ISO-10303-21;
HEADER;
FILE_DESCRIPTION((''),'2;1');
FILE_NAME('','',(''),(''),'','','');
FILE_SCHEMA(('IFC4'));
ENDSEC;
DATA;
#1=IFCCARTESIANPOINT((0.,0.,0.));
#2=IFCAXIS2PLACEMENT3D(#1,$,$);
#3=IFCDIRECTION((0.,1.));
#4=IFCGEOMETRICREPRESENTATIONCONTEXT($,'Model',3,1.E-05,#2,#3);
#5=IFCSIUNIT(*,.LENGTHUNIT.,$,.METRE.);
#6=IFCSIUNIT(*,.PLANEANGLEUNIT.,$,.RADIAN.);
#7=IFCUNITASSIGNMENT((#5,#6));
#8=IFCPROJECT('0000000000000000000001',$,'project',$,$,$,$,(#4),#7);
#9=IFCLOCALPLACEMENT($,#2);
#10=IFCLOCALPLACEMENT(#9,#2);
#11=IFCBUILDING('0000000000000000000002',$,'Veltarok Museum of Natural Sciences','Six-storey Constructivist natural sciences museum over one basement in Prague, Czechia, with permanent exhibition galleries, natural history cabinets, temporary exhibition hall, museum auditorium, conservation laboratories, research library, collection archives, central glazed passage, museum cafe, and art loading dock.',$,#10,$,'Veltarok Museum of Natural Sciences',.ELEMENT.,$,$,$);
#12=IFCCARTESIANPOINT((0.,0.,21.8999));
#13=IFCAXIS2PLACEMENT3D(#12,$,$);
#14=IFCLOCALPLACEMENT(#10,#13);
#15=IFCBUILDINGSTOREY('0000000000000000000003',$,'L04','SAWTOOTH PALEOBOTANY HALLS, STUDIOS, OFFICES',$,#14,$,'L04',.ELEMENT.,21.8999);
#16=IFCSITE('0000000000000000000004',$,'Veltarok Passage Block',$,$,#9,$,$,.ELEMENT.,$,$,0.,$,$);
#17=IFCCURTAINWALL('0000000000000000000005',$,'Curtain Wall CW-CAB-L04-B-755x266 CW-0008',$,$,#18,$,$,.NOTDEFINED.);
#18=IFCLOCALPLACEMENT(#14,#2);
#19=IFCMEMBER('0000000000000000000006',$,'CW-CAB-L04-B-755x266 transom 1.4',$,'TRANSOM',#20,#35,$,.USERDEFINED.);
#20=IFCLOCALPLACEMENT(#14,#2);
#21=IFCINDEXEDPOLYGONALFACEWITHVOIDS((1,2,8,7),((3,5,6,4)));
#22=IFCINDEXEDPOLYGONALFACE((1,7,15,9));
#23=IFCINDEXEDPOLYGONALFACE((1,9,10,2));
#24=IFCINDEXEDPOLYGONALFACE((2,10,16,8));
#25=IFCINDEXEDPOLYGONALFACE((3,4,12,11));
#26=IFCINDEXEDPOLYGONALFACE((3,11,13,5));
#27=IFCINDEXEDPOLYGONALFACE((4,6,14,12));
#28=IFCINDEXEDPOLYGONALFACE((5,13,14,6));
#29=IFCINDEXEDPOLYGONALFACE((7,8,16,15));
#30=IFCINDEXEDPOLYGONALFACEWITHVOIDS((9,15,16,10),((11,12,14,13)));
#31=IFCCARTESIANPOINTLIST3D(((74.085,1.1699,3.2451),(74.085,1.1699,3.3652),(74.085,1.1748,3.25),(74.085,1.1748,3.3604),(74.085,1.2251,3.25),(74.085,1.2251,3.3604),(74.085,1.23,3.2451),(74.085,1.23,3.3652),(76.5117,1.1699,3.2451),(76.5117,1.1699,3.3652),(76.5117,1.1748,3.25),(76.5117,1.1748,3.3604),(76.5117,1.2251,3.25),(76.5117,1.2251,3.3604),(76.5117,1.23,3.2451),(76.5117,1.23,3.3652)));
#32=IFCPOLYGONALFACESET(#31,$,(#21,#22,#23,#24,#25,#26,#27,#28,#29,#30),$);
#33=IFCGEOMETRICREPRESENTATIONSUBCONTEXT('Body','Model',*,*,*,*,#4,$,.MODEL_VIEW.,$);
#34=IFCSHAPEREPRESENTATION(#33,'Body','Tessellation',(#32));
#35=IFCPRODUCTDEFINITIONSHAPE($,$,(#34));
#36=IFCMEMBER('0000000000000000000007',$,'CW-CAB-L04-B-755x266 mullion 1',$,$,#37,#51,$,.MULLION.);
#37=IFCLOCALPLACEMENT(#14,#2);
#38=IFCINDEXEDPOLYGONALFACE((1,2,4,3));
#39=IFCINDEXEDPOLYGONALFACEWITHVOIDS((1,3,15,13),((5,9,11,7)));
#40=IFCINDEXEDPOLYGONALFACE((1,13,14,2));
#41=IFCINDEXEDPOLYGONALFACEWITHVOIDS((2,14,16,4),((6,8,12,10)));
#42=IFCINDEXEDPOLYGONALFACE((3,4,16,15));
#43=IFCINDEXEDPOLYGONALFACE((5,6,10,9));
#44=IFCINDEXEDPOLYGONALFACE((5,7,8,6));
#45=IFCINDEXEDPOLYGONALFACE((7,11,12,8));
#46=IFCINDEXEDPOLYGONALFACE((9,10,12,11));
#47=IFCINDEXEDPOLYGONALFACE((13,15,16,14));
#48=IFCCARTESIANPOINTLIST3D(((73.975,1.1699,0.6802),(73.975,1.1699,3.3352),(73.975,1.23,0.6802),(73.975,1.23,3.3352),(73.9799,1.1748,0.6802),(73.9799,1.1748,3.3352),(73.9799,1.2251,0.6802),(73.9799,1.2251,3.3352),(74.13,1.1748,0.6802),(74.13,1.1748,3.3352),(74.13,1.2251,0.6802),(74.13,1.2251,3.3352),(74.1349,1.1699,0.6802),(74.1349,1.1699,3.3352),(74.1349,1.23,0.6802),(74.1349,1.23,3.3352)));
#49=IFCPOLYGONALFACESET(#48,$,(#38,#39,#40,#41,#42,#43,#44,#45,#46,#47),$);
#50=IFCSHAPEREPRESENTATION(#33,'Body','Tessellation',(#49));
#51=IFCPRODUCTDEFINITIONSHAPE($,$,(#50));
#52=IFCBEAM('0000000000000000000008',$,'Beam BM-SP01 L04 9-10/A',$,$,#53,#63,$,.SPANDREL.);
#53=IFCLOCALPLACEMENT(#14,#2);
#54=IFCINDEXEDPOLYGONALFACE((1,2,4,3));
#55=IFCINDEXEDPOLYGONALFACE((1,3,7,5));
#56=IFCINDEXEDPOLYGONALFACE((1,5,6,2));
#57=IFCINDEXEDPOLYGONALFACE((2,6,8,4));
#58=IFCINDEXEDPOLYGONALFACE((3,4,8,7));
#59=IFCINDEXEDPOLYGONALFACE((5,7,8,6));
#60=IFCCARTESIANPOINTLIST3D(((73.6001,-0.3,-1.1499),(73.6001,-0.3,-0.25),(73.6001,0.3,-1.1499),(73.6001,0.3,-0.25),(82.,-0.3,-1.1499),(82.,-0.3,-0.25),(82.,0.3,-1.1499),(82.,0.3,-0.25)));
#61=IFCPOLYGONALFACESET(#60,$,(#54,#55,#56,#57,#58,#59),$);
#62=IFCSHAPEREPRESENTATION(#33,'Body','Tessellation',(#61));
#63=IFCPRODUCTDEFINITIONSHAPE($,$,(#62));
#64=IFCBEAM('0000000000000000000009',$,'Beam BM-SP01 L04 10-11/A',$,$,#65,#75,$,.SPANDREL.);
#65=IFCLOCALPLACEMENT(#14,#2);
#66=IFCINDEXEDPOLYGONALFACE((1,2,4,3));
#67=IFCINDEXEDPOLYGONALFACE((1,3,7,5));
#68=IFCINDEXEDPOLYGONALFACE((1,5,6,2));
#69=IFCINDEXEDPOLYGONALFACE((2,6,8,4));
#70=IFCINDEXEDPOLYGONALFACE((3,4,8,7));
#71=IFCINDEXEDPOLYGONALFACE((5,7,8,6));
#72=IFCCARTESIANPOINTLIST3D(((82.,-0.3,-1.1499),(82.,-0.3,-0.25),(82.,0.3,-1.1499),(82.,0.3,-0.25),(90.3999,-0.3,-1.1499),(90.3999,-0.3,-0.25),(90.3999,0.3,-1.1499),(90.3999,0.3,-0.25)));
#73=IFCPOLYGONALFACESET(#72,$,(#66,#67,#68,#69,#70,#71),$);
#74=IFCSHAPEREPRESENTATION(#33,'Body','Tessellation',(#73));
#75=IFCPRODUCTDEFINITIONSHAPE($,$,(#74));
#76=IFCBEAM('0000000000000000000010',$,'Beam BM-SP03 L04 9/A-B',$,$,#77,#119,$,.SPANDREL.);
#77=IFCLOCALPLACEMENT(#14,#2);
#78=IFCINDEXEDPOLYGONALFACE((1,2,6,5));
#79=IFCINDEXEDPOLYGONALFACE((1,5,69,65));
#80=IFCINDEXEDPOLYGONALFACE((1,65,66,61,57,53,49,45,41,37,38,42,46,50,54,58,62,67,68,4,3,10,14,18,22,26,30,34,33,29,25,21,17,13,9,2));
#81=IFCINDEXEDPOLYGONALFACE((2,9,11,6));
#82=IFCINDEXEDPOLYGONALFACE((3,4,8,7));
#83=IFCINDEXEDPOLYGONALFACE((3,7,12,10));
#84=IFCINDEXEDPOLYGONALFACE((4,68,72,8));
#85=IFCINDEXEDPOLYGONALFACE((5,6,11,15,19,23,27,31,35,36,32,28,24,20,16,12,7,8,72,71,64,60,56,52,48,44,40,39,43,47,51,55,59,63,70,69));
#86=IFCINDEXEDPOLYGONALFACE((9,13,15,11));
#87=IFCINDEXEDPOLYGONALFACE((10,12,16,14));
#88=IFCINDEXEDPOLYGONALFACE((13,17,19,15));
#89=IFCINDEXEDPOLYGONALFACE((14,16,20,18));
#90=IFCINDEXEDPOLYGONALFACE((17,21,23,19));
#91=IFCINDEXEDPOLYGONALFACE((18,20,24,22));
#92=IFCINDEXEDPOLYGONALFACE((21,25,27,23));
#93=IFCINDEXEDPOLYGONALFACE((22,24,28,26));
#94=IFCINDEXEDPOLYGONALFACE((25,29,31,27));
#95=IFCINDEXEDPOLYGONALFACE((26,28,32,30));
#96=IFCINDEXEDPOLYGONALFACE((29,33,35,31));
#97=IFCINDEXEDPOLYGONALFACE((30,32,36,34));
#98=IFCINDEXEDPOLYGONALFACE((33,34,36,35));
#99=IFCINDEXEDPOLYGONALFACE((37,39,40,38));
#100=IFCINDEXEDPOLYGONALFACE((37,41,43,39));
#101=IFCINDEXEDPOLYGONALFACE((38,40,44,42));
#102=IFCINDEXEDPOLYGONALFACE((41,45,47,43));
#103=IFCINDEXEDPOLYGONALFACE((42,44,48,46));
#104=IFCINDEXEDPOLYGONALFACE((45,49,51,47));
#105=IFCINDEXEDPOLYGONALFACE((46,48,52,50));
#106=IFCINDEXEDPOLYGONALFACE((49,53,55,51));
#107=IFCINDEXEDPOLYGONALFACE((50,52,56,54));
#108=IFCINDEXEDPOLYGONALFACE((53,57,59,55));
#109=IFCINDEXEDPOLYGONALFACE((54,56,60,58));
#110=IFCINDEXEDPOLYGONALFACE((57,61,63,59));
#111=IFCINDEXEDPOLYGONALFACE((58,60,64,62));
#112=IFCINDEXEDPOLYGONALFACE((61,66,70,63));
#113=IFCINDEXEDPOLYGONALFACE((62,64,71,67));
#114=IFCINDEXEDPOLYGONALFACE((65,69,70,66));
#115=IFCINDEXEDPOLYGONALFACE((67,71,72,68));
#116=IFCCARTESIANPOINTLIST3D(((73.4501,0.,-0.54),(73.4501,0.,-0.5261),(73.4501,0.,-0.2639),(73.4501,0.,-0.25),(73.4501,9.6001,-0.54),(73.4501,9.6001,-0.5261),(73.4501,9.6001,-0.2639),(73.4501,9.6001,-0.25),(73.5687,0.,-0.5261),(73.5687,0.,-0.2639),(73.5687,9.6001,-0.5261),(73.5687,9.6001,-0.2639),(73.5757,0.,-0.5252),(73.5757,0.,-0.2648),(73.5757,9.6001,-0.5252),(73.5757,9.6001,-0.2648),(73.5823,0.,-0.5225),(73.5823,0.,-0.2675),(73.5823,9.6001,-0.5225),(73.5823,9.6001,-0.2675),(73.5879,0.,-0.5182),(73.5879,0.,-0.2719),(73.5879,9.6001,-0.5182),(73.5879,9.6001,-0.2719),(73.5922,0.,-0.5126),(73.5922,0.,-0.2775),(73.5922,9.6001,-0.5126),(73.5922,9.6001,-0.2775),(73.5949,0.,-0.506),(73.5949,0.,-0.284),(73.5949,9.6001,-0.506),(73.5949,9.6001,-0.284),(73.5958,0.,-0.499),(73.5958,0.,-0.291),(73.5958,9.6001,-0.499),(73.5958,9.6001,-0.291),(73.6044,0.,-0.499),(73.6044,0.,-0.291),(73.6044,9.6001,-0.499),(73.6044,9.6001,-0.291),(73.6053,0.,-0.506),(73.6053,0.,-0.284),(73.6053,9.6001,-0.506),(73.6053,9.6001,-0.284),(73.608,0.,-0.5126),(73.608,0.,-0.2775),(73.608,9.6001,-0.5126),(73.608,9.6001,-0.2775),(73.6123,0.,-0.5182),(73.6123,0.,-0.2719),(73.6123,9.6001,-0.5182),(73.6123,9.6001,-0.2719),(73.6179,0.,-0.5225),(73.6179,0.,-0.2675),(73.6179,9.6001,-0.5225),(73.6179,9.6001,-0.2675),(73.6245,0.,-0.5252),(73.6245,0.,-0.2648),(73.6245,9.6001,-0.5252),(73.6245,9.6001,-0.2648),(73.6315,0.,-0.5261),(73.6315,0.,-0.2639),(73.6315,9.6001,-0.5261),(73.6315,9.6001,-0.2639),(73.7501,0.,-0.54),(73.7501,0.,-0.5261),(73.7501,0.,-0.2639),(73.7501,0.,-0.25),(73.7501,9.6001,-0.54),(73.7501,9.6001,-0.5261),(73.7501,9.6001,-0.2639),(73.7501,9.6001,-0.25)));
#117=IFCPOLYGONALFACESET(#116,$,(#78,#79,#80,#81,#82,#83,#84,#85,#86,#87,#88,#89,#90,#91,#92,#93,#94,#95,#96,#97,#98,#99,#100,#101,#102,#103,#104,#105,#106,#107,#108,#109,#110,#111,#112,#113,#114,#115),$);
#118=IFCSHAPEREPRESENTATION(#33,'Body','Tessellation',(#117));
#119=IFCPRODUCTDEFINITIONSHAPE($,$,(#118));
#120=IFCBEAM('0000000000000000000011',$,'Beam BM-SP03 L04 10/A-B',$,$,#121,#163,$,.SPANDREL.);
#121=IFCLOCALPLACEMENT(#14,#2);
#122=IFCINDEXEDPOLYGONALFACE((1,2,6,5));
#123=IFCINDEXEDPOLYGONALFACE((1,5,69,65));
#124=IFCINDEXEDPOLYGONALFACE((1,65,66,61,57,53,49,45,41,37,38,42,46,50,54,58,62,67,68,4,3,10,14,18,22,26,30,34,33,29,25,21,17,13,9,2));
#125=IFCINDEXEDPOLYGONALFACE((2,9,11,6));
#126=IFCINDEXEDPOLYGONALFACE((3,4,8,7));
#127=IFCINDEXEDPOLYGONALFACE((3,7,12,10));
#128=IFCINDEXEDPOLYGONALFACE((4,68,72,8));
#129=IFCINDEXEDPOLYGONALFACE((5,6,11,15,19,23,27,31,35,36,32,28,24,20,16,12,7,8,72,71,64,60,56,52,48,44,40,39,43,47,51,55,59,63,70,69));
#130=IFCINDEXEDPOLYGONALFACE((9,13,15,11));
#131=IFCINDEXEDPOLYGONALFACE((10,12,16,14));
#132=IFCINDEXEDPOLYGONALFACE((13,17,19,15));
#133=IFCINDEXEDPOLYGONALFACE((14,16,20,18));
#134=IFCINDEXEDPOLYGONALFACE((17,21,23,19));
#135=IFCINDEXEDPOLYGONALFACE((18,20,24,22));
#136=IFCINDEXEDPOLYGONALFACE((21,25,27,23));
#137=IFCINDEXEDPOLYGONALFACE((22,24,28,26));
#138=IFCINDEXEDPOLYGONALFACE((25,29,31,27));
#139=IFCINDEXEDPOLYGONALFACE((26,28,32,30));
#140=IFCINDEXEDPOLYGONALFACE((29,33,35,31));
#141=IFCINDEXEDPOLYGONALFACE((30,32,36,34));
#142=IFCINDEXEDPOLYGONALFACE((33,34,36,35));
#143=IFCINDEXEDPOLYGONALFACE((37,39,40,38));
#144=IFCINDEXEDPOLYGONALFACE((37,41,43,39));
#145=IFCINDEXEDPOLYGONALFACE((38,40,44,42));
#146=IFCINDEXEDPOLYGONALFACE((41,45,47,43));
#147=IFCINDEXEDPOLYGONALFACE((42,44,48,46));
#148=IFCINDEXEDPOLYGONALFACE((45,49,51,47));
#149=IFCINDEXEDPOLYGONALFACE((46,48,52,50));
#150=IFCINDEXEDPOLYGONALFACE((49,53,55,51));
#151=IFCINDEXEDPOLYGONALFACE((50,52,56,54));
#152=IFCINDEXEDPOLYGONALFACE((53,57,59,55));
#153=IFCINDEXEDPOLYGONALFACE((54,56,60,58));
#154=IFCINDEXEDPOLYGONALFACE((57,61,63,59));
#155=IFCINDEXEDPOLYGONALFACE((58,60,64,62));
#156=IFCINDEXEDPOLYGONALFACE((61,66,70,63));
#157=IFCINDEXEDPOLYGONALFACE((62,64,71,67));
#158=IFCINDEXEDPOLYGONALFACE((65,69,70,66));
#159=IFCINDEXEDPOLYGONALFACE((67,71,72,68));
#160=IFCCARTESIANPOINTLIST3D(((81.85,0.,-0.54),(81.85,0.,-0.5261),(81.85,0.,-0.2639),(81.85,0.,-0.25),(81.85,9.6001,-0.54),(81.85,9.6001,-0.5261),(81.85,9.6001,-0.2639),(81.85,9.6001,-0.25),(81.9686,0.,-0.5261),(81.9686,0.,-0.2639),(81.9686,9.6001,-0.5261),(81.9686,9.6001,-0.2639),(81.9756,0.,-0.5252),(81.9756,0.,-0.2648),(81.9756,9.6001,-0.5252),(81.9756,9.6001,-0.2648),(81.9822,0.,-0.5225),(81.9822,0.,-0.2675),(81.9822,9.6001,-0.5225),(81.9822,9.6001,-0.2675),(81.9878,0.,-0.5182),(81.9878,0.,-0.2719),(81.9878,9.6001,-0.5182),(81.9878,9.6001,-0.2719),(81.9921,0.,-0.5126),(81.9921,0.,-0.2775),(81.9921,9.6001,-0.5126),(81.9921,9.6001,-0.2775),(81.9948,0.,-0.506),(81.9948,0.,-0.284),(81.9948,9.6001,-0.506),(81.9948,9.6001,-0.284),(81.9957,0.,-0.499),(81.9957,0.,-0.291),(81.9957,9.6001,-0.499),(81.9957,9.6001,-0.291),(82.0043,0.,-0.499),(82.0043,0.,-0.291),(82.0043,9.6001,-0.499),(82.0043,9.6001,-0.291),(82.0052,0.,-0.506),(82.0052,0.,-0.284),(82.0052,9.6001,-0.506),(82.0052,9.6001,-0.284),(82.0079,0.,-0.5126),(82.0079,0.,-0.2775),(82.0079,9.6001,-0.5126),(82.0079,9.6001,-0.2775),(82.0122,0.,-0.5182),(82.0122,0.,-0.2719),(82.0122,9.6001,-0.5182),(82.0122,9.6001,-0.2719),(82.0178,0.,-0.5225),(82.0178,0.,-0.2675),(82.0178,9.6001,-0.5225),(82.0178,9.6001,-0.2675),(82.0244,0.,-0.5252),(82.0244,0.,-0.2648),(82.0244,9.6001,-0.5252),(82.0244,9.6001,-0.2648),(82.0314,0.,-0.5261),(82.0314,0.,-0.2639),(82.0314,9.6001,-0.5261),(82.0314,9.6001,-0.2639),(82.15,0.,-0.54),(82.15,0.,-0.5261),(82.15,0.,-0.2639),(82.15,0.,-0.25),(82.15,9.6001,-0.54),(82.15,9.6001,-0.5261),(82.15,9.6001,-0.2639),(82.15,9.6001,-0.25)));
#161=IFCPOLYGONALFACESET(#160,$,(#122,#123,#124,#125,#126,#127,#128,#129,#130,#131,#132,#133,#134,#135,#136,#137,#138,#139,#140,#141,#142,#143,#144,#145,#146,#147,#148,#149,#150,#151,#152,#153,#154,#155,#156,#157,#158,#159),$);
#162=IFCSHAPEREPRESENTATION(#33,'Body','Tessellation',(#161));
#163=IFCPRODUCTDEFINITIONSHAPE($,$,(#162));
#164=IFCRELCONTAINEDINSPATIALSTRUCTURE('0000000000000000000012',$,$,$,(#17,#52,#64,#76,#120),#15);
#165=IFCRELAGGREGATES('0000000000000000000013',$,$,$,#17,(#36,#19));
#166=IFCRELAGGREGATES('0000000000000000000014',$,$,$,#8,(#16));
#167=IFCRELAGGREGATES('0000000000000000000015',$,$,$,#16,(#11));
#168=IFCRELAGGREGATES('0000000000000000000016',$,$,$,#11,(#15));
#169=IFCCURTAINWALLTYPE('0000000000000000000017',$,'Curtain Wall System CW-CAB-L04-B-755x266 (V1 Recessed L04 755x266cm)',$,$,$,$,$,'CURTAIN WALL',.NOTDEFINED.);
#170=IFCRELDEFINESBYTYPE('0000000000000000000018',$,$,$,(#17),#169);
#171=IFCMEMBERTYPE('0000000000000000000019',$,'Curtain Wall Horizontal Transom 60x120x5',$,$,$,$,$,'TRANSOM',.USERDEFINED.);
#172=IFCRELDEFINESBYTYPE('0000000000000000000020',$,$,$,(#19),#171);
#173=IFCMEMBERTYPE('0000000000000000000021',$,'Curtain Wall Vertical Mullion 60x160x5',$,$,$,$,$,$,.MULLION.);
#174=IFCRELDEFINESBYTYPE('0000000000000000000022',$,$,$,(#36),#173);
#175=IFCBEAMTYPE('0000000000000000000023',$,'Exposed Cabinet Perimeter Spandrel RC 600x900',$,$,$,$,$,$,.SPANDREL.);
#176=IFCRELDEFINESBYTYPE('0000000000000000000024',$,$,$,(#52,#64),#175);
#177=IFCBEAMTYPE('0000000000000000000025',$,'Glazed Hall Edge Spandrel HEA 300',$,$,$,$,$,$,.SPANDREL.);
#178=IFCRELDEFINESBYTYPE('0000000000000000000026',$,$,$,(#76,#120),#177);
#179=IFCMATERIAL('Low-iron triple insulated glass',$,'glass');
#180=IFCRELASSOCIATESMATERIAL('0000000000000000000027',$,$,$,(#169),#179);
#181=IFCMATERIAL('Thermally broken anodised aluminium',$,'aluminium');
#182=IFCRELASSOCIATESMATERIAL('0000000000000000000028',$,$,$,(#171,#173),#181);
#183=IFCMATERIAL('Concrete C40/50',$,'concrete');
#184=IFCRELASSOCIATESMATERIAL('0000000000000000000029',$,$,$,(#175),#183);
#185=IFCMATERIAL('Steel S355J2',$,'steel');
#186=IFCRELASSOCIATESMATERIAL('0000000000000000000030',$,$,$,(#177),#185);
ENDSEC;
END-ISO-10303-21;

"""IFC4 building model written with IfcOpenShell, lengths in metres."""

from ifc_helpers import new_model, si_unit, direction, frame, origin, origin_2d, place, context, subcontext, project, spatial, rectangle, hollow_rectangle, i_section, extrude, material, material_profile, profile_set, type_object, element, aggregate, save


model = new_model("IFC4")

# Units and contexts
model_context = context("Model", 3, precision=1e-05, world=origin(), true_north=direction((0.0, 1.0)))
body_context = subcontext(model_context, "Body", "Model", "MODEL_VIEW")
ifc_project = project(units=[si_unit("LENGTHUNIT", "METRE"), si_unit("PLANEANGLEUNIT", "RADIAN")], contexts=[model_context])

# Site, building, storey
site_placement = place(None, origin())
site = spatial("IfcSite", under=ifc_project, at=site_placement, Name="Veltarok Passage Block", CompositionType="ELEMENT", RefElevation=0.0)
building_placement = place(site_placement, origin())
building = spatial("IfcBuilding", under=site, at=building_placement, Name="Veltarok Museum of Natural Sciences", Description="Six-storey Constructivist natural sciences museum over one basement in Prague, Czechia, with permanent exhibition galleries, natural history cabinets, temporary exhibition hall, museum auditorium, conservation laboratories, research library, collection archives, central glazed passage, museum cafe, and art loading dock.", LongName="Veltarok Museum of Natural Sciences", CompositionType="ELEMENT")
storey_placement = place(building_placement, frame((0.0, 0.0, 21.8999)))
storey = spatial("IfcBuildingStorey", under=building, at=storey_placement, Name="L04", Description="SAWTOOTH PALEOBOTANY HALLS, STUDIOS, OFFICES", LongName="L04", CompositionType="ELEMENT", Elevation=21.8999)

# Shared definitions
ifc_material_1 = material(Name="Concrete C40/50", Category="concrete")

# Shared definitions
ifc_material_2 = material(Name="Steel S355J2", Category="steel")

# Curtain wall, members
ifc_material_3 = material(Name="Low-iron triple insulated glass", Category="glass")
curtain_wall_type = type_object("IfcCurtainWallType", Name="Curtain Wall System CW-CAB-L04-B-755x266 (V1 Recessed L04 755x266cm)", ElementType="CURTAIN WALL", PredefinedType="NOTDEFINED", material=ifc_material_3)
curtain_wall_placement = place(storey_placement, origin())
curtain_wall = element("IfcCurtainWall", 1, at=curtain_wall_placement, inside=storey, type_object=curtain_wall_type, Name="Curtain Wall CW-CAB-L04-B-755x266 CW-0008", PredefinedType="NOTDEFINED")
ifc_material_4 = material(Name="Thermally broken anodised aluminium", Category="aluminium")
ifc_material_profile_1 = material_profile(ifc_material_4, hollow_rectangle(XDim=0.0601, YDim=0.1201, WallThickness=0.0049, at=origin_2d()), Name="CW TRANSOM 60x120x5")
ifc_profile_set_1 = profile_set([ifc_material_profile_1], Name="Thermally broken anodised aluminium")
member_type_1 = type_object("IfcMemberType", Name="Curtain Wall Horizontal Transom 60x120x5", ElementType="TRANSOM", PredefinedType="USERDEFINED", material=ifc_profile_set_1)
member_1_placement = place(storey_placement, frame((74.085, 1.2, 3.3052), z_axis=(1.0, 0.0, 0.0), x_axis=(0.0, 1.0, 0.0)))
member_1 = element("IfcMember", 2, at=member_1_placement, type_object=member_type_1, Name="CW-CAB-L04-B-755x266 transom 1.4", ObjectType="TRANSOM", PredefinedType="USERDEFINED", context=body_context, shape_type="SweptSolid", body=[
    extrude(hollow_rectangle(XDim=0.0601, YDim=0.1201, WallThickness=0.0049, at=origin_2d()), origin(), (0.0, 0.0, 1.0), 2.4268),
])
ifc_material_profile_2 = material_profile(ifc_material_4, hollow_rectangle(XDim=0.0601, YDim=0.1599, WallThickness=0.0049, at=origin_2d()), Name="CW MULLION 60x160x5")
ifc_profile_set_2 = profile_set([ifc_material_profile_2], Name="Thermally broken anodised aluminium")
member_type_2 = type_object("IfcMemberType", Name="Curtain Wall Vertical Mullion 60x160x5", PredefinedType="MULLION", material=ifc_profile_set_2)
member_2_placement = place(storey_placement, frame((74.0549, 1.2, 0.6802), z_axis=(0.0, 0.0, 1.0), x_axis=(0.0, 1.0, 0.0)))
member_2 = element("IfcMember", 3, at=member_2_placement, type_object=member_type_2, Name="CW-CAB-L04-B-755x266 mullion 1", PredefinedType="MULLION", context=body_context, shape_type="SweptSolid", body=[
    extrude(hollow_rectangle(XDim=0.0601, YDim=0.1599, WallThickness=0.0049, at=origin_2d()), origin(), (0.0, 0.0, 1.0), 2.655),
])

# Beams
ifc_material_profile_3 = material_profile(ifc_material_1, rectangle(XDim=0.6001, YDim=0.8999, at=origin_2d()), Name="RC 600x900")
ifc_profile_set_3 = profile_set([ifc_material_profile_3], Name="Concrete C40/50")
beam_type_1 = type_object("IfcBeamType", Name="Exposed Cabinet Perimeter Spandrel RC 600x900", PredefinedType="SPANDREL", material=ifc_profile_set_3)
for number, where, z_axis, x_axis, name in (
    (4, (73.6001, 0.0, -0.7), (1.0, 0.0, 0.0), (0.0, 1.0, 0.0), "Beam BM-SP01 L04 9-10/A"),
    (5, (82.0, 0.0, -0.7), (1.0, 0.0, 0.0), (0.0, 1.0, 0.0), "Beam BM-SP01 L04 10-11/A"),
):
    element("IfcBeam", number, at=place(storey_placement, frame(where, z_axis=z_axis, x_axis=x_axis)), inside=storey, type_object=beam_type_1, Name=name, PredefinedType="SPANDREL", context=body_context, shape_type="SweptSolid", body=[
        extrude(rectangle(XDim=0.6001, YDim=0.8999, at=origin_2d()), origin(), (0.0, 0.0, 1.0), 8.3999),
    ])
ifc_material_profile_4 = material_profile(ifc_material_2, i_section(OverallWidth=0.3, OverallDepth=0.29, WebThickness=0.0085, FlangeThickness=0.0139, FilletRadius=0.0271, at=origin_2d()), Name="HEA 300")
ifc_profile_set_4 = profile_set([ifc_material_profile_4], Name="Steel S355J2")
beam_type_2 = type_object("IfcBeamType", Name="Glazed Hall Edge Spandrel HEA 300", PredefinedType="SPANDREL", material=ifc_profile_set_4)
for number, where, z_axis, x_axis, name in (
    (6, (73.6001, 0.0, -0.395), (0.0, 1.0, 0.0), (-1.0, 0.0, 0.0), "Beam BM-SP03 L04 9/A-B"),
    (7, (82.0, 0.0, -0.395), (0.0, 1.0, 0.0), (-1.0, 0.0, 0.0), "Beam BM-SP03 L04 10/A-B"),
):
    element("IfcBeam", number, at=place(storey_placement, frame(where, z_axis=z_axis, x_axis=x_axis)), inside=storey, type_object=beam_type_2, Name=name, PredefinedType="SPANDREL", context=body_context, shape_type="SweptSolid", body=[
        extrude(i_section(OverallWidth=0.3, OverallDepth=0.29, WebThickness=0.0085, FlangeThickness=0.0139, FilletRadius=0.0271, at=origin_2d()), origin(), (0.0, 0.0, 1.0), 9.6001),
    ])

aggregate(curtain_wall, [member_2, member_1])

save(model, "model.ifc")
